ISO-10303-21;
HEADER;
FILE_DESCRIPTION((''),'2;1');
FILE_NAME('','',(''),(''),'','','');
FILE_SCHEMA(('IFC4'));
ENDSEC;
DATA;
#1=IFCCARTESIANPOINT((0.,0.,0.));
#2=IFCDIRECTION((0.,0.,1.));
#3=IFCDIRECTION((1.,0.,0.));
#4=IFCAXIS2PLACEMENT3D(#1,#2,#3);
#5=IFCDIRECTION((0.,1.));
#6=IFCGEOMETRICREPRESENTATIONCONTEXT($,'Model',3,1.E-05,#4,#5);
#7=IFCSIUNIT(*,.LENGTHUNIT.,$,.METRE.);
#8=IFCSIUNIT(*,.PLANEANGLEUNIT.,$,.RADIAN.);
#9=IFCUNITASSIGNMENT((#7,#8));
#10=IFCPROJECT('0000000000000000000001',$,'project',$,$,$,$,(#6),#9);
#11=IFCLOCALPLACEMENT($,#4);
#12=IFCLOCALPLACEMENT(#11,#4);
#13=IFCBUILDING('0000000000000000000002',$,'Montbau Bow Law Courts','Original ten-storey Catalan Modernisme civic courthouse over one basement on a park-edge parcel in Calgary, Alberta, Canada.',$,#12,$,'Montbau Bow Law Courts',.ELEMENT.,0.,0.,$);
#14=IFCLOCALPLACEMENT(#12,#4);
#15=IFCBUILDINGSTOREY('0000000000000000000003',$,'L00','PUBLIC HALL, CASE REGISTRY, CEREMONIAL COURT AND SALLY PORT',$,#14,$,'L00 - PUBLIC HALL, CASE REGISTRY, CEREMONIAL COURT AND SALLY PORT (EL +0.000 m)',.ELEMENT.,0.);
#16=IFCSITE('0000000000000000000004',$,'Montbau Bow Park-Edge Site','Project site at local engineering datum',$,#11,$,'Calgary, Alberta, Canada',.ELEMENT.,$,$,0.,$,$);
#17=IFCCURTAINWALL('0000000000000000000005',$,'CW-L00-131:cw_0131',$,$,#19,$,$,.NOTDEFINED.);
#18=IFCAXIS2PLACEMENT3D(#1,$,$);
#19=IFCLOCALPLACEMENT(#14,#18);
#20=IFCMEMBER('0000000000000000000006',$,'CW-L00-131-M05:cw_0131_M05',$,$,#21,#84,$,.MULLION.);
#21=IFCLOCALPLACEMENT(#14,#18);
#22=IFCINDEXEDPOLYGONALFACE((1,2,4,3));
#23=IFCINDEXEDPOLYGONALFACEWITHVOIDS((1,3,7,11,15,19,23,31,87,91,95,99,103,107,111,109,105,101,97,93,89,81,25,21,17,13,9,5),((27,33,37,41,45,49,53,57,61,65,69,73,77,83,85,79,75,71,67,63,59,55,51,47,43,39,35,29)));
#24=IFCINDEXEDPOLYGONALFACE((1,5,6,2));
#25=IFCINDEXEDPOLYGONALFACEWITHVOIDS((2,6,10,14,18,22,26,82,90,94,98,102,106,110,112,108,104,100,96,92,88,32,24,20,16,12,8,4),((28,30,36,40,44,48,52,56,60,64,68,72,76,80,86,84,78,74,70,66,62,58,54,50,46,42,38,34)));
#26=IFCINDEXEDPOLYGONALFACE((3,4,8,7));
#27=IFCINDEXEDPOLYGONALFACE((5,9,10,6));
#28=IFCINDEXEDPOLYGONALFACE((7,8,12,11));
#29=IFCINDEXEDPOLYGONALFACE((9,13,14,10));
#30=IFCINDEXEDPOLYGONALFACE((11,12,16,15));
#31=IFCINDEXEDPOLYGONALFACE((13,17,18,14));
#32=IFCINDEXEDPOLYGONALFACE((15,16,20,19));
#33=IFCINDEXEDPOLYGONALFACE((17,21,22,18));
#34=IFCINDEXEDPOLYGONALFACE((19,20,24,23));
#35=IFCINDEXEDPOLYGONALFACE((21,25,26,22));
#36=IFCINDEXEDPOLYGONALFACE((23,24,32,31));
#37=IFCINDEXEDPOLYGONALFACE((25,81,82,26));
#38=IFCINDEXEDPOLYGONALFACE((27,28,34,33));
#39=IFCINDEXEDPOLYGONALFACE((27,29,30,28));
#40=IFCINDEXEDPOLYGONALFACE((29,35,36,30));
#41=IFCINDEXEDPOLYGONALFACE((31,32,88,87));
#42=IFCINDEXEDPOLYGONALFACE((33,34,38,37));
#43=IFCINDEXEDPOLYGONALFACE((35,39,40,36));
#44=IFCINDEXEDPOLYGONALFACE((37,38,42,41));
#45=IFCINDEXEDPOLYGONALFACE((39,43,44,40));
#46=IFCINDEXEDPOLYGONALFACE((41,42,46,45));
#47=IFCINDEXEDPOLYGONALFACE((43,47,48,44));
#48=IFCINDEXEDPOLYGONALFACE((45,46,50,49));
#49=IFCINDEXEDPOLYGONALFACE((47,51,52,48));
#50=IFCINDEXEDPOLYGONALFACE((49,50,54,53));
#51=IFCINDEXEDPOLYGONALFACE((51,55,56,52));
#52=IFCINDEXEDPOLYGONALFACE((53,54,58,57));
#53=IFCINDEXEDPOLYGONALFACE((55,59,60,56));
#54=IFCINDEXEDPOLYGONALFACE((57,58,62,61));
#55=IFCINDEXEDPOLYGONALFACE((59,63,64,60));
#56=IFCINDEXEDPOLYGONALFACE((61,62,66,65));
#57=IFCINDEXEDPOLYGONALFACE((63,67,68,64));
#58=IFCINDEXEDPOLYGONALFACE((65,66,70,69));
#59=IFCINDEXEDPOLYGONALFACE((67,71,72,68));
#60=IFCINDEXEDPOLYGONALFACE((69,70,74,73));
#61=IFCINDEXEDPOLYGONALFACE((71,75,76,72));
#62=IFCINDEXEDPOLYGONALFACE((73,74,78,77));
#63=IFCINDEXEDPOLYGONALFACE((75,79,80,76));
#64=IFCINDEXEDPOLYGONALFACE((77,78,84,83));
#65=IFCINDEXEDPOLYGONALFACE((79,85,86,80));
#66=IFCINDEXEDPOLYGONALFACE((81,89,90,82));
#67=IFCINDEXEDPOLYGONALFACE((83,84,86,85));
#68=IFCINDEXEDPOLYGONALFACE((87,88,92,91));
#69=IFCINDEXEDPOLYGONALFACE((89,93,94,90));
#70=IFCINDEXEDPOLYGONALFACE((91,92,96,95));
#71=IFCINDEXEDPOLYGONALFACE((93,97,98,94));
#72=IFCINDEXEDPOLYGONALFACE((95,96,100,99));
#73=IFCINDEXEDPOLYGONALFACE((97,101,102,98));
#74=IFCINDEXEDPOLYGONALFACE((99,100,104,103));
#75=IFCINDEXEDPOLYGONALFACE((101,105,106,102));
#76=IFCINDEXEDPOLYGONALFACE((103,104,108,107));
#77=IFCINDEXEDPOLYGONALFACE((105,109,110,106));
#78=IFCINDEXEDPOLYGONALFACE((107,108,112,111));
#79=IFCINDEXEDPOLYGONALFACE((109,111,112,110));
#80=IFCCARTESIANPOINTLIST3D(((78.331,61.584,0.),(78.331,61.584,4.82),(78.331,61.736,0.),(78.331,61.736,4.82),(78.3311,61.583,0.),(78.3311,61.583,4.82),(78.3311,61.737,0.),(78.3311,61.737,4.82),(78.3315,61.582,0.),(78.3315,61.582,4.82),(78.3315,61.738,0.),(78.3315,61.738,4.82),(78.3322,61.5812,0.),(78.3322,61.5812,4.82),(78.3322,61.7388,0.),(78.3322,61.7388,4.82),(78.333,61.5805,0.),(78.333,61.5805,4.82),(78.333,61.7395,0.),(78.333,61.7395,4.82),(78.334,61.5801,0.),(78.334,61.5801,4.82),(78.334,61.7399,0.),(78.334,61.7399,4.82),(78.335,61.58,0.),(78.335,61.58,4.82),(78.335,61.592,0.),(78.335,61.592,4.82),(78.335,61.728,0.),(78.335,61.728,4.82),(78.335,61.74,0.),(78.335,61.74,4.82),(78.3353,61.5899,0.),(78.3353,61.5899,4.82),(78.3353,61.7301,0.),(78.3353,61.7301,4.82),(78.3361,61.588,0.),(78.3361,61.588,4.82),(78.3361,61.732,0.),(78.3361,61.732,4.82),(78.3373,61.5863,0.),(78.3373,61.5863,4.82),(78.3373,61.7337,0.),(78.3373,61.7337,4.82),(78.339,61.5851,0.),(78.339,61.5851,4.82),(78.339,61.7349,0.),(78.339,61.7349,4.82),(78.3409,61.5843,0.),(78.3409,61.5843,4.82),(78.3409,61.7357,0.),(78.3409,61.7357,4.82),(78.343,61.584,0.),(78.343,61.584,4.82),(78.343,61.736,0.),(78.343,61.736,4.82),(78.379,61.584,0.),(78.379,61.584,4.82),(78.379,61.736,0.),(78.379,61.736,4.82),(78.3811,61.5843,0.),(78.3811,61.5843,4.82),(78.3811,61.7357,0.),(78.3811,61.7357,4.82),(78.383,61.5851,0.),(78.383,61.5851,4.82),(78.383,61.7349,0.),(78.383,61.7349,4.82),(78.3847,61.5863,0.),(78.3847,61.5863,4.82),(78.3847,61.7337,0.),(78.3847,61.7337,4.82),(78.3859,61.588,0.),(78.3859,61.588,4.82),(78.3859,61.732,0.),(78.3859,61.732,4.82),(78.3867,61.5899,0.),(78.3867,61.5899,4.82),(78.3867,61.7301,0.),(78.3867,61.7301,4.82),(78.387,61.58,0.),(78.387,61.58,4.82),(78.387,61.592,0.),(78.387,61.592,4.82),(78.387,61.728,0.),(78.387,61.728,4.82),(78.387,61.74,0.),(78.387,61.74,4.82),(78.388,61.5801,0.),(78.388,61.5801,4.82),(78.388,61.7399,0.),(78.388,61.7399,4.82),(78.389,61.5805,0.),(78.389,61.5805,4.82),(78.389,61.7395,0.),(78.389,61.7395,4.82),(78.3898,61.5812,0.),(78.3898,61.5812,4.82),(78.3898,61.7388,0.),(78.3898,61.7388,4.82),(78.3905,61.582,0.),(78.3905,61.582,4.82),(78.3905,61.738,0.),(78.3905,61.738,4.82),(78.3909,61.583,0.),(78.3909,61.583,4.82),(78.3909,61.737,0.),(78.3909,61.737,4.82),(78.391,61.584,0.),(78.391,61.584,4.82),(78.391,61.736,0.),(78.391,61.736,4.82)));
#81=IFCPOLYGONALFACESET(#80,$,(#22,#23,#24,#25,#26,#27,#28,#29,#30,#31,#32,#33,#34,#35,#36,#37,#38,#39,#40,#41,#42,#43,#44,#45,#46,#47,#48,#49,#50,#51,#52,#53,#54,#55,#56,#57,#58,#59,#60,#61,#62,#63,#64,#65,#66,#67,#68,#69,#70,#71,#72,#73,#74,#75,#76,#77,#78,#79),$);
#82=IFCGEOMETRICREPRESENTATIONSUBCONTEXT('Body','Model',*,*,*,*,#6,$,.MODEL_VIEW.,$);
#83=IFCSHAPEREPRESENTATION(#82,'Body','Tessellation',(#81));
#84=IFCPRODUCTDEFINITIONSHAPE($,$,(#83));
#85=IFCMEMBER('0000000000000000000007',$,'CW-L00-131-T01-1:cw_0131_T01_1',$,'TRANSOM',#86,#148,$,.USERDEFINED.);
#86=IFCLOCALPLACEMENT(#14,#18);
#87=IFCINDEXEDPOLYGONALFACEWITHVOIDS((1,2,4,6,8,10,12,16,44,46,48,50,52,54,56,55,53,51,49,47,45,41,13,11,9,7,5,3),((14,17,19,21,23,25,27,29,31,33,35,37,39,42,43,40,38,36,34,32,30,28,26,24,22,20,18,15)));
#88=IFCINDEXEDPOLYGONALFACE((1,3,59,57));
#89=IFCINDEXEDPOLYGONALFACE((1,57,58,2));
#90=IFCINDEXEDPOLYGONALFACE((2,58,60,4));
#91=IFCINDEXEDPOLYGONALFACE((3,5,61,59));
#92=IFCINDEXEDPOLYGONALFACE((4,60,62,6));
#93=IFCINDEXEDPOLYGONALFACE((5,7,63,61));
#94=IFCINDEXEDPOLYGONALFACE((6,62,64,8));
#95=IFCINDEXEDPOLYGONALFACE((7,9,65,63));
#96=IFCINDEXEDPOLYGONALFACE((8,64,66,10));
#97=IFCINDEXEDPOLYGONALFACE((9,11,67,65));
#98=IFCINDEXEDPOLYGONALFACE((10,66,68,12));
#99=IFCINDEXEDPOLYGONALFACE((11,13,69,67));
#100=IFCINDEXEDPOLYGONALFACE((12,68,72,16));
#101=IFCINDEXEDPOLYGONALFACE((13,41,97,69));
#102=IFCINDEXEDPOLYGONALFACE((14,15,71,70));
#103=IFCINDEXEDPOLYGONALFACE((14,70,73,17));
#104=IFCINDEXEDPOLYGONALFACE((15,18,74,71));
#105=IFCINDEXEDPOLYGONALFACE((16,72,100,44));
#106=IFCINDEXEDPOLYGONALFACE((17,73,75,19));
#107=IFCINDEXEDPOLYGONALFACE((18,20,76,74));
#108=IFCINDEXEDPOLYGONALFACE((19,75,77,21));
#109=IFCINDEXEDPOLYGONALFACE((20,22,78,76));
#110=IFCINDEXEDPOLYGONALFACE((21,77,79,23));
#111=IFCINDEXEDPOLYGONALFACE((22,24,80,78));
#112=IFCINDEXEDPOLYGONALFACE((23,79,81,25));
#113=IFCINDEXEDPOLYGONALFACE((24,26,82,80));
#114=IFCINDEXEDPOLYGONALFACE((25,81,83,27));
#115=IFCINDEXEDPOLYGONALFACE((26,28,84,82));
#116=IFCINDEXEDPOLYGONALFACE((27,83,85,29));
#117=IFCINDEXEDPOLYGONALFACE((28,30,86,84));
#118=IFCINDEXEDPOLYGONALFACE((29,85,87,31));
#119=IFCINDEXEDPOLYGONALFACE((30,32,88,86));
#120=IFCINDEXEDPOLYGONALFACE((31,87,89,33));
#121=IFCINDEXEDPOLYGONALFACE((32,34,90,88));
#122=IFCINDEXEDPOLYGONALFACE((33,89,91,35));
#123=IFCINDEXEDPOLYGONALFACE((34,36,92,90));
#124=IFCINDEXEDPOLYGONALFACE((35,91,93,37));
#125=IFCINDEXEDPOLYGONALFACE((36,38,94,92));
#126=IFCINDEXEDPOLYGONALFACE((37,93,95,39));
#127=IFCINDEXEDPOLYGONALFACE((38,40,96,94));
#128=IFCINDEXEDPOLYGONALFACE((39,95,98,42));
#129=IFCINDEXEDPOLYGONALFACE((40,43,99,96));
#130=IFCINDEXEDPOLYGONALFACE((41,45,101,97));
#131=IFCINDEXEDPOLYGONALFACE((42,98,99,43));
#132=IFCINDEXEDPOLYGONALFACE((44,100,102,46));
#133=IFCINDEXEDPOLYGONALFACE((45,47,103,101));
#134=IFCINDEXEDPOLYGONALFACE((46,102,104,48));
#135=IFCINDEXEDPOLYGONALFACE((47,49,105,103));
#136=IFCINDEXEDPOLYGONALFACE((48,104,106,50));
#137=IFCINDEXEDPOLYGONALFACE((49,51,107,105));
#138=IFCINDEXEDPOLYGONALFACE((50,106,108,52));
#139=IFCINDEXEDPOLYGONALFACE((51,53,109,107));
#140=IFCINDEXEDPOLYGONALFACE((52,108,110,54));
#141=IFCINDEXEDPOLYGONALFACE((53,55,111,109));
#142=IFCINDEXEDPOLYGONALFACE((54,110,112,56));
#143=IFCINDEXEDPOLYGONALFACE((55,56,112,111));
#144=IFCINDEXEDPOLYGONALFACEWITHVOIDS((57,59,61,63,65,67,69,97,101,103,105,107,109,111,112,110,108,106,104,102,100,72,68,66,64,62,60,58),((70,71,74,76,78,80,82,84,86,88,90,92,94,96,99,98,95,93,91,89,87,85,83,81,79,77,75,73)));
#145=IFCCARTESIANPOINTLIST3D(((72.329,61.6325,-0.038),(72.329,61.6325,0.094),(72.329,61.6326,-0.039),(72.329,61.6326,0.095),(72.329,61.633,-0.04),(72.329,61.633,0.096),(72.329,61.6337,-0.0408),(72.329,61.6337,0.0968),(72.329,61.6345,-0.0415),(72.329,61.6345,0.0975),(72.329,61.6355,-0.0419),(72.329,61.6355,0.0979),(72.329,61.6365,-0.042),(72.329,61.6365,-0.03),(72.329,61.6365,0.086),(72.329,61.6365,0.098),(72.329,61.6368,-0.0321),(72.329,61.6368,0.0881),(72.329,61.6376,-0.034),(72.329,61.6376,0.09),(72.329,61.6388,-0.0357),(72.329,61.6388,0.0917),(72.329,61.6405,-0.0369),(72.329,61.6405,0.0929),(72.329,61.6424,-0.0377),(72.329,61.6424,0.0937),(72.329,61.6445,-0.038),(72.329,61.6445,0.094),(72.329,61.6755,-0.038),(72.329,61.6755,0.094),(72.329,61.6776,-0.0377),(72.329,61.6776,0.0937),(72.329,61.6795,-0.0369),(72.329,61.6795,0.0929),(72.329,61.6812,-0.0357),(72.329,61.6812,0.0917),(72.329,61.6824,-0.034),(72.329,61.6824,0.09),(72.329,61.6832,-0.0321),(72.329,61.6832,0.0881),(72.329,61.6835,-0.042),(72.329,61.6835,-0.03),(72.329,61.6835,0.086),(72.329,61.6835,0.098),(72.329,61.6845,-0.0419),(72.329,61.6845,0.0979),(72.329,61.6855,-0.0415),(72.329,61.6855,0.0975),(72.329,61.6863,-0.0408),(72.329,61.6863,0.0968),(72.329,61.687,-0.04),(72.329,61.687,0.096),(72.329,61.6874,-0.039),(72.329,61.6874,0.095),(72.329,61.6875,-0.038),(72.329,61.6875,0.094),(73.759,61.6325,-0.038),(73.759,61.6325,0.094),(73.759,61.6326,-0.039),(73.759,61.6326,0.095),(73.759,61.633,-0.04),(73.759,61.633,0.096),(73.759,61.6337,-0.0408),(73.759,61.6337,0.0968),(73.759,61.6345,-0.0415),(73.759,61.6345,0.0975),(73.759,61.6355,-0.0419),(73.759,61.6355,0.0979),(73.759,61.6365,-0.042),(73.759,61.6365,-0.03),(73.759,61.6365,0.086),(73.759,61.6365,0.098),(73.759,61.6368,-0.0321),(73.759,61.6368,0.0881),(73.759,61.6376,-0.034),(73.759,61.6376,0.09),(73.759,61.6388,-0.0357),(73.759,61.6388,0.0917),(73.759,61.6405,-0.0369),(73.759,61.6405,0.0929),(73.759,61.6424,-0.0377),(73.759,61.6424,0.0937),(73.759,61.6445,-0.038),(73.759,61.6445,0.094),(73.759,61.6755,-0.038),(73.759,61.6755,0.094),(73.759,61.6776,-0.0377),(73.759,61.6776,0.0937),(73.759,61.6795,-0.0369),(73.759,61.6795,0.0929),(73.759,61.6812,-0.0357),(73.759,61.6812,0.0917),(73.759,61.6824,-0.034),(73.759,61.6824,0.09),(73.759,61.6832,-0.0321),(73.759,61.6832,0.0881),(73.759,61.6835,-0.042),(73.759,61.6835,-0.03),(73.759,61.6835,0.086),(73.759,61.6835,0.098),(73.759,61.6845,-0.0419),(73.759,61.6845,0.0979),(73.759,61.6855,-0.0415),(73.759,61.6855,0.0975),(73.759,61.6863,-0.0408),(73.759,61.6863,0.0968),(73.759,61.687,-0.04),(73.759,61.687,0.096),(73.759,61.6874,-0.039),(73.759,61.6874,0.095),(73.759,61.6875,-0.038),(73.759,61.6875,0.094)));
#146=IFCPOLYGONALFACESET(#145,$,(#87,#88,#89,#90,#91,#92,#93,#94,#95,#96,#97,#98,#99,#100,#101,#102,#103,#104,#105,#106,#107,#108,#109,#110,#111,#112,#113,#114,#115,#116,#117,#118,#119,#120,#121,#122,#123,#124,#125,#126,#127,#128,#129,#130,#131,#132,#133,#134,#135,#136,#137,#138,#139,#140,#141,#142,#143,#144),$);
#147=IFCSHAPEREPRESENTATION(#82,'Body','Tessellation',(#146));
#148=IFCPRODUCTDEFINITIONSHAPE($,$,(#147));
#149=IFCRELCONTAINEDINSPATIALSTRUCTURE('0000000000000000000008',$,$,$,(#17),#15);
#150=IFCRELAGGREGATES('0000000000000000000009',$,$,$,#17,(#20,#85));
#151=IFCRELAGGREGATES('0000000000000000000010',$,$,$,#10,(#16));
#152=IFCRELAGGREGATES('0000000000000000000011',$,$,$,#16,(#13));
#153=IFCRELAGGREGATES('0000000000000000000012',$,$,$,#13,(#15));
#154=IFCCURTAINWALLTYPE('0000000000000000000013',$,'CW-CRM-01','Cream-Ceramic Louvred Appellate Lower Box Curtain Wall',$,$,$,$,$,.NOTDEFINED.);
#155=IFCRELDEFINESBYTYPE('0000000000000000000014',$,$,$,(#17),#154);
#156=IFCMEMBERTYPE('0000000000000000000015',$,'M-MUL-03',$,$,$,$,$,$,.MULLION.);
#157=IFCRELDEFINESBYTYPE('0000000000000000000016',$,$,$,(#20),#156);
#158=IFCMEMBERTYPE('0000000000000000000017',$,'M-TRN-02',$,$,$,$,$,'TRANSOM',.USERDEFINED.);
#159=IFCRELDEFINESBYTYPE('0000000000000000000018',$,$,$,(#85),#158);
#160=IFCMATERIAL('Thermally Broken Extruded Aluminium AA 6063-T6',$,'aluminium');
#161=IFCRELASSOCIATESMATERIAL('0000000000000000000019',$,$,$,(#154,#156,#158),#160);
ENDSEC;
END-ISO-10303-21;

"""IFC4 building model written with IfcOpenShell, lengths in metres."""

from ifc_helpers import new_model, si_unit, direction, frame, origin_with_axes, origin_2d_with_axis, place, context, subcontext, project, spatial, hollow_rectangle, extrude, material, material_profile, profile_set, type_object, element, aggregate, save


model = new_model("IFC4")

# Units and contexts
model_context = context("Model", 3, precision=1e-05, world=origin_with_axes(), true_north=direction((0.0, 1.0)))
body_context = subcontext(model_context, "Body", "Model", "MODEL_VIEW")
ifc_project = project(units=[si_unit("LENGTHUNIT", "METRE"), si_unit("PLANEANGLEUNIT", "RADIAN")], contexts=[model_context])

# Site, building, storey
site_placement = place(None, origin_with_axes())
site = spatial("IfcSite", under=ifc_project, at=site_placement, Name="Montbau Bow Park-Edge Site", Description="Project site at local engineering datum", LongName="Calgary, Alberta, Canada", CompositionType="ELEMENT", RefElevation=0.0)
building_placement = place(site_placement, origin_with_axes())
building = spatial("IfcBuilding", under=site, at=building_placement, Name="Montbau Bow Law Courts", Description="Original ten-storey Catalan Modernisme civic courthouse over one basement on a park-edge parcel in Calgary, Alberta, Canada.", LongName="Montbau Bow Law Courts", CompositionType="ELEMENT", ElevationOfRefHeight=0.0, ElevationOfTerrain=0.0)
storey_placement = place(building_placement, origin_with_axes())
storey = spatial("IfcBuildingStorey", under=building, at=storey_placement, Name="L00", Description="PUBLIC HALL, CASE REGISTRY, CEREMONIAL COURT AND SALLY PORT", LongName="L00 - PUBLIC HALL, CASE REGISTRY, CEREMONIAL COURT AND SALLY PORT (EL +0.000 m)", CompositionType="ELEMENT", Elevation=0.0)

# Curtain wall, members
ifc_material_1 = material(Name="Thermally Broken Extruded Aluminium AA 6063-T6", Category="aluminium")
curtain_wall_type = type_object("IfcCurtainWallType", Name="CW-CRM-01", Description="Cream-Ceramic Louvred Appellate Lower Box Curtain Wall", PredefinedType="NOTDEFINED", material=ifc_material_1)
curtain_wall_placement = place(None, frame((72.267, 61.66, 0.0), z_axis=(0.0, 0.0, 1.0), x_axis=(1.0, 0.0, 0.0)))
curtain_wall = element("IfcCurtainWall", 1, at=curtain_wall_placement, inside=storey, type_object=curtain_wall_type, Name="CW-L00-131:cw_0131", PredefinedType="NOTDEFINED")
ifc_material_profile_1 = material_profile(ifc_material_1, hollow_rectangle(XDim=0.06, YDim=0.16, WallThickness=0.004, InnerFilletRadius=0.008, OuterFilletRadius=0.004, at=origin_2d_with_axis()), Name="CWM-160X60", Category="Main", Priority=0)
ifc_profile_set_1 = profile_set([ifc_material_profile_1], Name="Thermally Broken Extruded Aluminium AA 6063-T6")
member_type_1 = type_object("IfcMemberType", Name="M-MUL-03", PredefinedType="MULLION", material=ifc_profile_set_1)
member_1_placement = place(None, frame((78.361, 61.66, 0.0), z_axis=(0.0, 0.0, 1.0), x_axis=(1.0, 0.0, 0.0)))
member_1 = element("IfcMember", 2, at=member_1_placement, type_object=member_type_1, Name="CW-L00-131-M05:cw_0131_M05", PredefinedType="MULLION", context=body_context, shape_type="SweptSolid", body=[
    extrude(hollow_rectangle(XDim=0.06, YDim=0.16, WallThickness=0.004, InnerFilletRadius=0.008, OuterFilletRadius=0.004, at=origin_2d_with_axis()), origin_with_axes(), (0.0, 0.0, 1.0), 4.82),
])
ifc_material_profile_2 = material_profile(ifc_material_1, hollow_rectangle(XDim=0.055, YDim=0.14, WallThickness=0.004, InnerFilletRadius=0.008, OuterFilletRadius=0.004, at=origin_2d_with_axis()), Name="CWT-140X55", Category="Main", Priority=0)
ifc_profile_set_2 = profile_set([ifc_material_profile_2], Name="Thermally Broken Extruded Aluminium AA 6063-T6")
member_type_2 = type_object("IfcMemberType", Name="M-TRN-02", ElementType="TRANSOM", PredefinedType="USERDEFINED", material=ifc_profile_set_2)
member_2_placement = place(None, frame((72.329, 61.66, 0.028), z_axis=(1.0, 0.0, 0.0), x_axis=(0.0, 1.0, 0.0)))
member_2 = element("IfcMember", 3, at=member_2_placement, type_object=member_type_2, Name="CW-L00-131-T01-1:cw_0131_T01_1", ObjectType="TRANSOM", PredefinedType="USERDEFINED", context=body_context, shape_type="SweptSolid", body=[
    extrude(hollow_rectangle(XDim=0.055, YDim=0.14, WallThickness=0.004, InnerFilletRadius=0.008, OuterFilletRadius=0.004, at=origin_2d_with_axis()), origin_with_axes(), (0.0, 0.0, 1.0), 1.43),
])
aggregate(curtain_wall, [member_1, member_2])

save(model, "model.ifc")
